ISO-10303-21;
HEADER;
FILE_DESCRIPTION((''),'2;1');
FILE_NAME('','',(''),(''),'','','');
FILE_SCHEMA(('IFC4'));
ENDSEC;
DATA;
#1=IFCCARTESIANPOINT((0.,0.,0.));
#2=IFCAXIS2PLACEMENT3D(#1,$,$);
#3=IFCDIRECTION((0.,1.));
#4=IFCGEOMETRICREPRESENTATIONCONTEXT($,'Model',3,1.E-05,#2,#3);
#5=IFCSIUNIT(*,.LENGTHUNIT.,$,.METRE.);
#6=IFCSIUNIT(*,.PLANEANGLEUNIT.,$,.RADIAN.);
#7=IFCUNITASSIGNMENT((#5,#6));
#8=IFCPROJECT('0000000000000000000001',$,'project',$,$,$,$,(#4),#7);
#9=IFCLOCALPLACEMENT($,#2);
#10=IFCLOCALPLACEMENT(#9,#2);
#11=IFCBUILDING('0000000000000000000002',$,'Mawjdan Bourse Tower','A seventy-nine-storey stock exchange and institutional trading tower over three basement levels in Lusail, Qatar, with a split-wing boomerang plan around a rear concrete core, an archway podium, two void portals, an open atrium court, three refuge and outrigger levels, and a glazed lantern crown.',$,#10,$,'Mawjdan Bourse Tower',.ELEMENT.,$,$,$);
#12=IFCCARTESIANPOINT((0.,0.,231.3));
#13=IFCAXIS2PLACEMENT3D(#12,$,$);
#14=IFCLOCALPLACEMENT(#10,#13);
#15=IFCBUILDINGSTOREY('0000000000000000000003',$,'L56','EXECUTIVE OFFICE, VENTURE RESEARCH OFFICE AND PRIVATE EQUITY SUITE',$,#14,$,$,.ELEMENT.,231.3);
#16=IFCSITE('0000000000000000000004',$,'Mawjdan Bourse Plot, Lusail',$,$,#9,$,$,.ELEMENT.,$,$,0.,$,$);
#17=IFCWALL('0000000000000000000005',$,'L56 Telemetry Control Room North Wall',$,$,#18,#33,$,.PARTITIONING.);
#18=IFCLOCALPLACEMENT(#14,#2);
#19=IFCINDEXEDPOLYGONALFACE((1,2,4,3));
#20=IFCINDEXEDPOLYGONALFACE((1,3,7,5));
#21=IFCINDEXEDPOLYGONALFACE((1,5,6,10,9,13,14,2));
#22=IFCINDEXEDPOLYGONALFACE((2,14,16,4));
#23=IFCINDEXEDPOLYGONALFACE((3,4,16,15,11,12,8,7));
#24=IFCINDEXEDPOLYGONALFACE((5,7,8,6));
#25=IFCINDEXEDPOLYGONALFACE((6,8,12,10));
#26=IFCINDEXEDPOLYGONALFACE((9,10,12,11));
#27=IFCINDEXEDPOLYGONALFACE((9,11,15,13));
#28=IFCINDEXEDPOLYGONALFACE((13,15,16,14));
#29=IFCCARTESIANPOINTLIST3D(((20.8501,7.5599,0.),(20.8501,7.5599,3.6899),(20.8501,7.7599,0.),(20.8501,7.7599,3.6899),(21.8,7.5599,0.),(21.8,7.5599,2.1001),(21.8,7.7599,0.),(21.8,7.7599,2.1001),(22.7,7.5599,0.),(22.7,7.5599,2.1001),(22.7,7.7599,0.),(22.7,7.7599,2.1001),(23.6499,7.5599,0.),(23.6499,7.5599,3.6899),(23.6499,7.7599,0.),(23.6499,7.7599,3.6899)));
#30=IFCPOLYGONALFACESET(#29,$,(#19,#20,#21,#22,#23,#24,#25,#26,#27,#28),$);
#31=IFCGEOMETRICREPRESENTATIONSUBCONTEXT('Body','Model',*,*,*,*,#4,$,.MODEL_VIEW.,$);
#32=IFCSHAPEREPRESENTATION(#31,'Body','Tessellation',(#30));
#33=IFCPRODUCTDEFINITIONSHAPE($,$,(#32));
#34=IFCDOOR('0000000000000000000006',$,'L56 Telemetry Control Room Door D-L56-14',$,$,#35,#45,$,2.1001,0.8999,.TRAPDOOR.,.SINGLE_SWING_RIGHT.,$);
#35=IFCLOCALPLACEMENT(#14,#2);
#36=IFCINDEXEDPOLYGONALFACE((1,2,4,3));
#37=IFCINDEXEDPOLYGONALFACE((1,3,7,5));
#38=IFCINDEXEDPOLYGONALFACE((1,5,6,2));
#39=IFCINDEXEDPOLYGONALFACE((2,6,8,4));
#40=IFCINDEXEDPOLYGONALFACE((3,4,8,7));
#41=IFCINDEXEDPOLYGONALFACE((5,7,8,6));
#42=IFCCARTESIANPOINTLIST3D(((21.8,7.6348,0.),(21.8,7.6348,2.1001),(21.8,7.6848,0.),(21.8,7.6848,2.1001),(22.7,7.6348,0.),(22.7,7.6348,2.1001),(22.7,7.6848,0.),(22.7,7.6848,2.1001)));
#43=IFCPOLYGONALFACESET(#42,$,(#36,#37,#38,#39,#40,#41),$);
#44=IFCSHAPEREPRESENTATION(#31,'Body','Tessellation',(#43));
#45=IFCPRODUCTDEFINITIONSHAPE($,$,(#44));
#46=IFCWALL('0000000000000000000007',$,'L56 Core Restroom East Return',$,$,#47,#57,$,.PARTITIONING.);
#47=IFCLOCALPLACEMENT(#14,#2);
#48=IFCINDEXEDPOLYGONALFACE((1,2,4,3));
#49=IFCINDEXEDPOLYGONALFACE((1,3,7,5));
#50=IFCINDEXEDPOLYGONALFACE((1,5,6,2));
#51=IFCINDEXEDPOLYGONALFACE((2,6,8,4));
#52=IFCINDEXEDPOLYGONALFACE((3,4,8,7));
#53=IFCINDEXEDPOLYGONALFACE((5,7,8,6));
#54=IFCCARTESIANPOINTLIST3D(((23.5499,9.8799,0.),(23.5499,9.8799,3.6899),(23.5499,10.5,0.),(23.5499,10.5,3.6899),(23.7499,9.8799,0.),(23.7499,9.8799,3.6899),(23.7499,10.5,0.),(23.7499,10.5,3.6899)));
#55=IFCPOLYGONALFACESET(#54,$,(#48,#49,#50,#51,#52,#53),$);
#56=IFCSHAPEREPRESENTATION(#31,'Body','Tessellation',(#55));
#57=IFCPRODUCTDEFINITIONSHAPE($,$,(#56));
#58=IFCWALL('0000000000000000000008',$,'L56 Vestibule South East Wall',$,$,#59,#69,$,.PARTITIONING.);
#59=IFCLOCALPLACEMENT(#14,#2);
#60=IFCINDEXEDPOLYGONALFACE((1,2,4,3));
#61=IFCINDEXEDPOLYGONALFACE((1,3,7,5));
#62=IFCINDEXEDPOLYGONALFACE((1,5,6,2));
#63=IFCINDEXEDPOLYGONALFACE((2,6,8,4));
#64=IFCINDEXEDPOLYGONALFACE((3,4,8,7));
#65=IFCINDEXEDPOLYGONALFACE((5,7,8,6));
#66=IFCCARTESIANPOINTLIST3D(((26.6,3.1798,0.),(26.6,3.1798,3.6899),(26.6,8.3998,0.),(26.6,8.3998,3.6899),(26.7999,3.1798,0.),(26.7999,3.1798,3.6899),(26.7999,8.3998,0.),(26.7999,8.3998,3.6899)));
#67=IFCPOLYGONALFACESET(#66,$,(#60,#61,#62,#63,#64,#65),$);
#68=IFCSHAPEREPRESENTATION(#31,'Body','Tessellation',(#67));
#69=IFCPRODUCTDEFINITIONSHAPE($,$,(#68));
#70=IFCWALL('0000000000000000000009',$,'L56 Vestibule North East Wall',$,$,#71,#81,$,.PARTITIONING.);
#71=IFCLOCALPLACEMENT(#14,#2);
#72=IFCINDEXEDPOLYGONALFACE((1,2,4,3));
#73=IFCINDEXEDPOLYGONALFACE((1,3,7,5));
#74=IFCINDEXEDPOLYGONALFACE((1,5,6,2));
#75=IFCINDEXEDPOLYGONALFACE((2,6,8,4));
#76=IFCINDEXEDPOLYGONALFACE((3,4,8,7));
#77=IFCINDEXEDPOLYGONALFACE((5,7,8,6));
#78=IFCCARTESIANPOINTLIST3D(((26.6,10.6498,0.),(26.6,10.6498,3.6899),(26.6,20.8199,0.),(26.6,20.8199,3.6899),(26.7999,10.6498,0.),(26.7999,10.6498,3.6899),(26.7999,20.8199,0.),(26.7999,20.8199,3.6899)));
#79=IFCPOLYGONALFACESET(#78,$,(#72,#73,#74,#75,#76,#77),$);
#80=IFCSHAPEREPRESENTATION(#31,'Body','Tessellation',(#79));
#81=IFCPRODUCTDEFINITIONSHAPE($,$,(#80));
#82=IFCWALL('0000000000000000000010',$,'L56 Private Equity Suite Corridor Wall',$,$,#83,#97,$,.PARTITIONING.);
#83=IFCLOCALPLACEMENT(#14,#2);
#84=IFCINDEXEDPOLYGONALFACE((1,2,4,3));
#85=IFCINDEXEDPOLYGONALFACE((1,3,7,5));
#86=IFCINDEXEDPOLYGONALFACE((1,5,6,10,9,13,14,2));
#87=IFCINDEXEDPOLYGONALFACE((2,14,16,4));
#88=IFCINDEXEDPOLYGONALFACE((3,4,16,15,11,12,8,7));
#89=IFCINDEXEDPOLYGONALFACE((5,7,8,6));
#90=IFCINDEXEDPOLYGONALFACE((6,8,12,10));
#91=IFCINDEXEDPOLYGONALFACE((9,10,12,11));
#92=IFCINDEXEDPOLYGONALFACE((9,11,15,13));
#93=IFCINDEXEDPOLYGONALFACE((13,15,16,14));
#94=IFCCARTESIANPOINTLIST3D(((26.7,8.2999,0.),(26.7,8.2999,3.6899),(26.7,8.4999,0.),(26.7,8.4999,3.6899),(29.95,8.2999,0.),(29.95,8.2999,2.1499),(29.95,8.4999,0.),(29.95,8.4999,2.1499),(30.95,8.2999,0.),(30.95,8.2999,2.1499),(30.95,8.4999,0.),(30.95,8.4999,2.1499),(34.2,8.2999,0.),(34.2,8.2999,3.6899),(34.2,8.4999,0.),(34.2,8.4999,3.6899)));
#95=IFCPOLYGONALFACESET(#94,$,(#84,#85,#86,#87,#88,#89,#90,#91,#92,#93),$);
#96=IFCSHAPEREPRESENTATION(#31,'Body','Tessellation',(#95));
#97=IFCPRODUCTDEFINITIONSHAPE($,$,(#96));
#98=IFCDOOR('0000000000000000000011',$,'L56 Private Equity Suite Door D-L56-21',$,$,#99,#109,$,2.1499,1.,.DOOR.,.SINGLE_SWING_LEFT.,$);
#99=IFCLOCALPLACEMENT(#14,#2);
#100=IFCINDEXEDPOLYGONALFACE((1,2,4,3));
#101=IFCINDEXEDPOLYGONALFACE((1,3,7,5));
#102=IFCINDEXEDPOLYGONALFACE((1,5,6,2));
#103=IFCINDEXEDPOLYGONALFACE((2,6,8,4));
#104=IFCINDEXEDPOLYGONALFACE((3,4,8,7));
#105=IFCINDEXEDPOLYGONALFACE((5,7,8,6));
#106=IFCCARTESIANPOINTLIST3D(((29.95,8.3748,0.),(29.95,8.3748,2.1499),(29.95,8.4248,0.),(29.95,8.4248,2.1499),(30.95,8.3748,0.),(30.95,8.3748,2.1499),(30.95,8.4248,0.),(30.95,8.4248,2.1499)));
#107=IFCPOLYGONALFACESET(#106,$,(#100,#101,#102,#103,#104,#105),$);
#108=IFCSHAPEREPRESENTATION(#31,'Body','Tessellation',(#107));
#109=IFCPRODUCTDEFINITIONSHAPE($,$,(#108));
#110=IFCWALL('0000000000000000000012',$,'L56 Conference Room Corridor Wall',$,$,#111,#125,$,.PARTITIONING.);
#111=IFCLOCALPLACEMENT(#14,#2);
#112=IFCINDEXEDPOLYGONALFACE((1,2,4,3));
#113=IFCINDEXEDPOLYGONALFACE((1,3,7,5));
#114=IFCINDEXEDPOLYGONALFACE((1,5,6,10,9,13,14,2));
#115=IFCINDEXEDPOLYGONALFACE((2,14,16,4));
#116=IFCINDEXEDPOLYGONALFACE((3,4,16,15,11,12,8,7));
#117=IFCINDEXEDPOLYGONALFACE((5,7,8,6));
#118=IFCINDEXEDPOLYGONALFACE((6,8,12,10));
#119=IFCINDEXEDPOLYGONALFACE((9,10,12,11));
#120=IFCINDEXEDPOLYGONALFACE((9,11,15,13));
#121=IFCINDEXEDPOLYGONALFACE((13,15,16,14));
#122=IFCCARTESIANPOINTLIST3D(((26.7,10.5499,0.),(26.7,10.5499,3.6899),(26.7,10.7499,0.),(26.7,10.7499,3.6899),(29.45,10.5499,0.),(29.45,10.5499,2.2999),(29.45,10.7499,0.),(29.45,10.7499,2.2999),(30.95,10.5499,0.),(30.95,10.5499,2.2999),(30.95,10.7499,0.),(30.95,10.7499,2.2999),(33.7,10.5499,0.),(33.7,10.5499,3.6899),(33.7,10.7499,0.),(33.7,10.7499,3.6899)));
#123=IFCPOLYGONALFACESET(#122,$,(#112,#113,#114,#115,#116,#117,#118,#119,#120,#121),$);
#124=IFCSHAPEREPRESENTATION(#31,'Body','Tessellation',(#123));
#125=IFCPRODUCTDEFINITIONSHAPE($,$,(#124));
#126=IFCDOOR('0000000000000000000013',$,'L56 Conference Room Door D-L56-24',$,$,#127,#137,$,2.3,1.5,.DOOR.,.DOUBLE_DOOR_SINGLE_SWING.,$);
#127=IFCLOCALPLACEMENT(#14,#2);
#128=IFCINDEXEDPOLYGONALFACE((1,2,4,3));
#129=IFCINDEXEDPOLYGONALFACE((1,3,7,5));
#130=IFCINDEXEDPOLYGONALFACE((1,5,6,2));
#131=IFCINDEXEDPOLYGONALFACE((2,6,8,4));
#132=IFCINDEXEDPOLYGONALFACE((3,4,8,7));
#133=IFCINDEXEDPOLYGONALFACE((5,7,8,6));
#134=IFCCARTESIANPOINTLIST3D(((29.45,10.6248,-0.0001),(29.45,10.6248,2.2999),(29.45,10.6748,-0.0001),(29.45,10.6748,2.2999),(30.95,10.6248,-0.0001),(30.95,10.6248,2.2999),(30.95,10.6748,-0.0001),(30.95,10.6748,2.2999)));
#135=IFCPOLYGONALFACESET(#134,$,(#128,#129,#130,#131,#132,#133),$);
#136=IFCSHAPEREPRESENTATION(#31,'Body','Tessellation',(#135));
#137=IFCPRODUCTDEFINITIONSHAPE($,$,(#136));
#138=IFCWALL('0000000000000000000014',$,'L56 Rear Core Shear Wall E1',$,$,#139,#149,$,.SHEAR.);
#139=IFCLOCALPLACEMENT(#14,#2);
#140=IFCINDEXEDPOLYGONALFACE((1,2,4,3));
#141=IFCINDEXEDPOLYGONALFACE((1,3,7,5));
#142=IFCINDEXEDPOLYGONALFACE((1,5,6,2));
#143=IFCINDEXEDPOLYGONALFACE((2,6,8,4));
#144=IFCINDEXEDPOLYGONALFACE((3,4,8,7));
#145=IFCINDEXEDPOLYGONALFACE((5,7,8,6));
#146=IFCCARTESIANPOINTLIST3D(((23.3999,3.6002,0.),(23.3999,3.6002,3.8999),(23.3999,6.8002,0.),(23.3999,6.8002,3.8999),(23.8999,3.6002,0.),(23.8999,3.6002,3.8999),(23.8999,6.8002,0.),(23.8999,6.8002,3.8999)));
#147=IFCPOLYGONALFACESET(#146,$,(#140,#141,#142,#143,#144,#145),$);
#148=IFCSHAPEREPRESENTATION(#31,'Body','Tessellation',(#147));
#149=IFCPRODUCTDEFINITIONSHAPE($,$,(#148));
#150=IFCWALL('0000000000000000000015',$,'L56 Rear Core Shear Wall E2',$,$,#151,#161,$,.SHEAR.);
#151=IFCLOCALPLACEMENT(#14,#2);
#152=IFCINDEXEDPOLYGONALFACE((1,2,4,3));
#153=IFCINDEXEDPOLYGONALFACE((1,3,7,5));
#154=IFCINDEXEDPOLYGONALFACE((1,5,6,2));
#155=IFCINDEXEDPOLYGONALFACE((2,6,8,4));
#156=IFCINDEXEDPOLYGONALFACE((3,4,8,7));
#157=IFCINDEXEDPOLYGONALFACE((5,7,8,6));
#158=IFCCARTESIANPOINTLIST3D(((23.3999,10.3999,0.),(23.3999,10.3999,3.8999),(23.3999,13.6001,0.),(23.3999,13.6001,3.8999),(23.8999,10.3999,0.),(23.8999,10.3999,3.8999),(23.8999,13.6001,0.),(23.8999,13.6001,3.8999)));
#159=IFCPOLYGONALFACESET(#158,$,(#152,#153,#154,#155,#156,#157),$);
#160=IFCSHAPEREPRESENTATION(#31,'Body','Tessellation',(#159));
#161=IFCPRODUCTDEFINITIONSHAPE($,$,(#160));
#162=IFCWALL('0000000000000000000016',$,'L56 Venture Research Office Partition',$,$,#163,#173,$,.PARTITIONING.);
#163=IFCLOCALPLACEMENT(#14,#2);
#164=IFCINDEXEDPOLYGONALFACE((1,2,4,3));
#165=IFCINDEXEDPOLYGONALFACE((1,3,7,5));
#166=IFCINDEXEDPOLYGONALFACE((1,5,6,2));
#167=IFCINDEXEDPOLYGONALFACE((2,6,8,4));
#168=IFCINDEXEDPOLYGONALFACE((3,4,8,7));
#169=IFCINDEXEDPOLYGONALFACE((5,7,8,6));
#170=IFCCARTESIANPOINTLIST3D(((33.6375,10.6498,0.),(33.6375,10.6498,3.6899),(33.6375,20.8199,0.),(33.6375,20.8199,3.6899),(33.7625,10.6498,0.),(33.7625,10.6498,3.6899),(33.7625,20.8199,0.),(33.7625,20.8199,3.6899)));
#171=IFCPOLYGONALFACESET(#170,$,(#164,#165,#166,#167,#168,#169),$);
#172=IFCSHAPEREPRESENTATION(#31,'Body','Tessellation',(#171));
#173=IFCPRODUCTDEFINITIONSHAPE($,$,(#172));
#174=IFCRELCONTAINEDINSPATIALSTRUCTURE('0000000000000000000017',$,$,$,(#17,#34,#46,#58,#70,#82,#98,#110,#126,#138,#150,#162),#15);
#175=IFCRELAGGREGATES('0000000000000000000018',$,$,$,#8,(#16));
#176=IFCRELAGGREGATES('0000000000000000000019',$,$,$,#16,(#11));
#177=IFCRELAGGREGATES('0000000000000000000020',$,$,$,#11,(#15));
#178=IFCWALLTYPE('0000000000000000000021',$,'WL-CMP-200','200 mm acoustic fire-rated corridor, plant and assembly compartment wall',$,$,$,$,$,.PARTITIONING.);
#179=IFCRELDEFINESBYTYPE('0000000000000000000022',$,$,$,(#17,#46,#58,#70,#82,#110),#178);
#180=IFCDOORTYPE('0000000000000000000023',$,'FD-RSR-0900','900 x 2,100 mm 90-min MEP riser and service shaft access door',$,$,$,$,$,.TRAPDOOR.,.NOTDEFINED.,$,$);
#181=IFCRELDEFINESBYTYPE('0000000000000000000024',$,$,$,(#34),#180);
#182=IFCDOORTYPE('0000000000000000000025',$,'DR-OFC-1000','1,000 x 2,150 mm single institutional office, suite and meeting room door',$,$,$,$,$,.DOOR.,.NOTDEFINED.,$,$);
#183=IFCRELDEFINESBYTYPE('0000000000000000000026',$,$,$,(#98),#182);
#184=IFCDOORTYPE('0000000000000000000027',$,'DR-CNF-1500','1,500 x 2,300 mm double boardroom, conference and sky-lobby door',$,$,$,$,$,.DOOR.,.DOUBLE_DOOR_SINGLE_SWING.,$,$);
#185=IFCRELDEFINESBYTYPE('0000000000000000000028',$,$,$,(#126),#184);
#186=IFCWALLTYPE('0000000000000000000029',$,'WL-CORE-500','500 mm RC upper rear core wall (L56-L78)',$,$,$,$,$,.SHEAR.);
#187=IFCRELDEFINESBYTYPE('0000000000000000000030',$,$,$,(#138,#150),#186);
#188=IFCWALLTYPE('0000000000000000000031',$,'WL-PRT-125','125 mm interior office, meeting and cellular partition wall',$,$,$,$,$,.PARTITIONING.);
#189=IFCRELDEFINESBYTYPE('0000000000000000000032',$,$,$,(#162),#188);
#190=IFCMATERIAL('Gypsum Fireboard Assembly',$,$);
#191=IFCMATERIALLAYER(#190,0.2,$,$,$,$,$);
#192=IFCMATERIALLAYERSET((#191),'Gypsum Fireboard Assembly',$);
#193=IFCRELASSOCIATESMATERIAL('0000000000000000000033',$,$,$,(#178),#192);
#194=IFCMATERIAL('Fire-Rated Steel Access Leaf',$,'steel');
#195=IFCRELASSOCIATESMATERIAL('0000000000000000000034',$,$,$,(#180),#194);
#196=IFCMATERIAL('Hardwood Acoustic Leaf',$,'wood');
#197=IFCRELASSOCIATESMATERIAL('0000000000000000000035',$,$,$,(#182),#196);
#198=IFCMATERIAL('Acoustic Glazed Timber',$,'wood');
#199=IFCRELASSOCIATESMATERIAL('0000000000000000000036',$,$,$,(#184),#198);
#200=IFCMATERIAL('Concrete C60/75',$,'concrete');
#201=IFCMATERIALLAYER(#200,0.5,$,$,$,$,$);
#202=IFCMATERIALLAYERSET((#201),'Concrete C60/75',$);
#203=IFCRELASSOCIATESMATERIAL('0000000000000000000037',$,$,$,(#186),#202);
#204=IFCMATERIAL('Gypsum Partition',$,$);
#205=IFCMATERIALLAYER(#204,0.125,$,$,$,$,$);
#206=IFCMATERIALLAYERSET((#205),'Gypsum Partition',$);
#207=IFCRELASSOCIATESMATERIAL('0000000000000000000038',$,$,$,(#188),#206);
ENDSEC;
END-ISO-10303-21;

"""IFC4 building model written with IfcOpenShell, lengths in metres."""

from ifc_helpers import new_model, si_unit, direction, frame, frame_2d, origin, place, context, subcontext, project, spatial, rectangle, extrude, material, layer, layer_set, type_object, element, fill, save


model = new_model("IFC4")

# Units and contexts
model_context = context("Model", 3, precision=1e-05, world=origin(), true_north=direction((0.0, 1.0)))
body_context = subcontext(model_context, "Body", "Model", "MODEL_VIEW")
ifc_project = project(units=[si_unit("LENGTHUNIT", "METRE"), si_unit("PLANEANGLEUNIT", "RADIAN")], contexts=[model_context])

# Site, building, storey
site_placement = place(None, origin())
site = spatial("IfcSite", under=ifc_project, at=site_placement, Name="Mawjdan Bourse Plot, Lusail", CompositionType="ELEMENT", RefElevation=0.0)
building_placement = place(site_placement, origin())
building = spatial("IfcBuilding", under=site, at=building_placement, Name="Mawjdan Bourse Tower", Description="A seventy-nine-storey stock exchange and institutional trading tower over three basement levels in Lusail, Qatar, with a split-wing boomerang plan around a rear concrete core, an archway podium, two void portals, an open atrium court, three refuge and outrigger levels, and a glazed lantern crown.", LongName="Mawjdan Bourse Tower", CompositionType="ELEMENT")
storey_placement = place(building_placement, frame((0.0, 0.0, 231.3)))
storey = spatial("IfcBuildingStorey", under=building, at=storey_placement, Name="L56", Description="EXECUTIVE OFFICE, VENTURE RESEARCH OFFICE AND PRIVATE EQUITY SUITE", CompositionType="ELEMENT", Elevation=231.3)

# Shared definitions
ifc_material_1 = material(Name="Concrete C60/75", Category="concrete")

# Wall, opening, door
ifc_material_2 = material(Name="Gypsum Fireboard Assembly")
ifc_layer_1 = layer(ifc_material_2, 0.2)
ifc_layer_set_1 = layer_set([ifc_layer_1], Name="Gypsum Fireboard Assembly")
wall_type_1 = type_object("IfcWallType", Name="WL-CMP-200", Description="200 mm acoustic fire-rated corridor, plant and assembly compartment wall", PredefinedType="PARTITIONING", material=ifc_layer_set_1)
wall_1_placement = place(storey_placement, frame((20.8501, 7.6599, 0.0), z_axis=(0.0, 0.0, 1.0), x_axis=(1.0, 0.0, 0.0)))
wall_1 = element("IfcWall", 1, at=wall_1_placement, inside=storey, type_object=wall_type_1, Name="L56 Telemetry Control Room North Wall", PredefinedType="PARTITIONING", context=body_context, shape_type="SweptSolid", body=[
    extrude(rectangle(XDim=2.7998, YDim=0.2, at=frame_2d((1.3999, 0.0))), origin(), (0.0, 0.0, 1.0), 3.6899),
])
opening_1_placement = place(wall_1_placement, frame((0.95, 0.0, 0.0)))
opening_1 = element("IfcOpeningElement", 2, at=opening_1_placement, cuts=wall_1, PredefinedType="OPENING", context=body_context, shape_type="SweptSolid", body=[
    extrude(rectangle(XDim=0.8999, YDim=2.1001, at=frame_2d((0.45, 1.05))), frame((0.0, 0.1099, 0.0), z_axis=(0.0, -1.0, 0.0), x_axis=(1.0, 0.0, 0.0)), (0.0, 0.0, 1.0), 0.22),
])
ifc_material_3 = material(Name="Fire-Rated Steel Access Leaf", Category="steel")
door_type_1 = type_object("IfcDoorType", Name="FD-RSR-0900", Description="900 x 2,100 mm 90-min MEP riser and service shaft access door", OperationType="NOTDEFINED", PredefinedType="TRAPDOOR", material=ifc_material_3)
door_1_placement = place(opening_1_placement, origin())
door_1 = element("IfcDoor", 3, at=door_1_placement, inside=storey, type_object=door_type_1, Name="L56 Telemetry Control Room Door D-L56-14", OperationType="SINGLE_SWING_RIGHT", OverallHeight=2.1001, OverallWidth=0.8999, PredefinedType="TRAPDOOR", context=body_context, shape_type="SweptSolid", body=[
    extrude(rectangle(XDim=0.8999, YDim=2.1001, at=frame_2d((0.45, 1.05))), frame((0.0, 0.0249, 0.0), z_axis=(0.0, -1.0, 0.0), x_axis=(1.0, 0.0, 0.0)), (0.0, 0.0, 1.0), 0.05),
])
fill(opening_1, door_1)

# Wall
wall_2_placement = place(storey_placement, frame((23.6499, 9.8799, 0.0), z_axis=(0.0, 0.0, 1.0), x_axis=(0.0, 1.0, 0.0)))
element("IfcWall", 4, at=wall_2_placement, inside=storey, type_object=wall_type_1, Name="L56 Core Restroom East Return", PredefinedType="PARTITIONING", context=body_context, shape_type="SweptSolid", body=[
    extrude(rectangle(XDim=0.6201, YDim=0.2, at=frame_2d((0.3101, 0.0))), origin(), (0.0, 0.0, 1.0), 3.6899),
])

# Shared definitions
ifc_material_4 = material(Name="Hardwood Acoustic Leaf", Category="wood")
door_type_2 = type_object("IfcDoorType", Name="DR-OFC-1000", Description="1,000 x 2,150 mm single institutional office, suite and meeting room door", OperationType="NOTDEFINED", PredefinedType="DOOR", material=ifc_material_4)

# Walls
wall_3_placement = place(storey_placement, frame((26.7, 3.1799, 0.0), z_axis=(0.0, 0.0, 1.0), x_axis=(0.0, 1.0, 0.0)))
element("IfcWall", 5, at=wall_3_placement, inside=storey, type_object=wall_type_1, Name="L56 Vestibule South East Wall", PredefinedType="PARTITIONING", context=body_context, shape_type="SweptSolid", body=[
    extrude(rectangle(XDim=5.22, YDim=0.2, at=frame_2d((2.6099, 0.0))), origin(), (0.0, 0.0, 1.0), 3.6899),
])
wall_4_placement = place(storey_placement, frame((26.7, 10.6499, 0.0), z_axis=(0.0, 0.0, 1.0), x_axis=(0.0, 1.0, 0.0)))
element("IfcWall", 6, at=wall_4_placement, inside=storey, type_object=wall_type_1, Name="L56 Vestibule North East Wall", PredefinedType="PARTITIONING", context=body_context, shape_type="SweptSolid", body=[
    extrude(rectangle(XDim=10.1702, YDim=0.2, at=frame_2d((5.085, 0.0))), origin(), (0.0, 0.0, 1.0), 3.6899),
])

# Walls, openings, doors
wall_5_placement = place(storey_placement, frame((26.7, 8.3999, 0.0), z_axis=(0.0, 0.0, 1.0), x_axis=(1.0, 0.0, 0.0)))
wall_5 = element("IfcWall", 7, at=wall_5_placement, inside=storey, type_object=wall_type_1, Name="L56 Private Equity Suite Corridor Wall", PredefinedType="PARTITIONING", context=body_context, shape_type="SweptSolid", body=[
    extrude(rectangle(XDim=7.5, YDim=0.2, at=frame_2d((3.75, 0.0))), origin(), (0.0, 0.0, 1.0), 3.6899),
])
opening_2_placement = place(wall_5_placement, frame((3.25, 0.0, 0.0)))
opening_2 = element("IfcOpeningElement", 8, at=opening_2_placement, cuts=wall_5, PredefinedType="OPENING", context=body_context, shape_type="SweptSolid", body=[
    extrude(rectangle(XDim=1.0, YDim=2.1499, at=frame_2d((0.5, 1.075))), frame((0.0, 0.1099, 0.0), z_axis=(0.0, -1.0, 0.0), x_axis=(1.0, 0.0, 0.0)), (0.0, 0.0, 1.0), 0.22),
])
door_2_placement = place(opening_2_placement, origin())
door_2 = element("IfcDoor", 9, at=door_2_placement, inside=storey, type_object=door_type_2, Name="L56 Private Equity Suite Door D-L56-21", OperationType="SINGLE_SWING_LEFT", OverallHeight=2.1499, OverallWidth=1.0, PredefinedType="DOOR", context=body_context, shape_type="SweptSolid", body=[
    extrude(rectangle(XDim=1.0, YDim=2.1499, at=frame_2d((0.5, 1.075))), frame((0.0, 0.0249, 0.0), z_axis=(0.0, -1.0, 0.0), x_axis=(1.0, 0.0, 0.0)), (0.0, 0.0, 1.0), 0.05),
])
fill(opening_2, door_2)
wall_6_placement = place(storey_placement, frame((26.7, 10.6499, 0.0), z_axis=(0.0, 0.0, 1.0), x_axis=(1.0, 0.0, 0.0)))
wall_6 = element("IfcWall", 10, at=wall_6_placement, inside=storey, type_object=wall_type_1, Name="L56 Conference Room Corridor Wall", PredefinedType="PARTITIONING", context=body_context, shape_type="SweptSolid", body=[
    extrude(rectangle(XDim=7.0, YDim=0.2, at=frame_2d((3.5, 0.0))), origin(), (0.0, 0.0, 1.0), 3.6899),
])
opening_3_placement = place(wall_6_placement, frame((2.75, 0.0, 0.0)))
opening_3 = element("IfcOpeningElement", 11, at=opening_3_placement, cuts=wall_6, PredefinedType="OPENING", context=body_context, shape_type="SweptSolid", body=[
    extrude(rectangle(XDim=1.5, YDim=2.3, at=frame_2d((0.75, 1.1499))), frame((0.0, 0.1099, 0.0), z_axis=(0.0, -1.0, 0.0), x_axis=(1.0, 0.0, 0.0)), (0.0, 0.0, 1.0), 0.22),
])
ifc_material_5 = material(Name="Acoustic Glazed Timber", Category="wood")
door_type_3 = type_object("IfcDoorType", Name="DR-CNF-1500", Description="1,500 x 2,300 mm double boardroom, conference and sky-lobby door", OperationType="DOUBLE_DOOR_SINGLE_SWING", PredefinedType="DOOR", material=ifc_material_5)
door_3_placement = place(opening_3_placement, origin())
door_3 = element("IfcDoor", 12, at=door_3_placement, inside=storey, type_object=door_type_3, Name="L56 Conference Room Door D-L56-24", OperationType="DOUBLE_DOOR_SINGLE_SWING", OverallHeight=2.3, OverallWidth=1.5, PredefinedType="DOOR", context=body_context, shape_type="SweptSolid", body=[
    extrude(rectangle(XDim=1.5, YDim=2.3, at=frame_2d((0.75, 1.1499))), frame((0.0, 0.0249, 0.0), z_axis=(0.0, -1.0, 0.0), x_axis=(1.0, 0.0, 0.0)), (0.0, 0.0, 1.0), 0.05),
])
fill(opening_3, door_3)

# Walls
ifc_layer_2 = layer(ifc_material_1, 0.5)
ifc_layer_set_2 = layer_set([ifc_layer_2], Name="Concrete C60/75")
wall_type_2 = type_object("IfcWallType", Name="WL-CORE-500", Description="500 mm RC upper rear core wall (L56-L78)", PredefinedType="SHEAR", material=ifc_layer_set_2)
wall_7_placement = place(storey_placement, frame((23.6499, 3.6001, 0.0), z_axis=(0.0, 0.0, 1.0), x_axis=(0.0, 1.0, 0.0)))
element("IfcWall", 13, at=wall_7_placement, inside=storey, type_object=wall_type_2, Name="L56 Rear Core Shear Wall E1", PredefinedType="SHEAR", context=body_context, shape_type="SweptSolid", body=[
    extrude(rectangle(XDim=3.2, YDim=0.5, at=frame_2d((1.6001, 0.0))), origin(), (0.0, 0.0, 1.0), 3.8999),
])
wall_8_placement = place(storey_placement, frame((23.6499, 10.3999, 0.0), z_axis=(0.0, 0.0, 1.0), x_axis=(0.0, 1.0, 0.0)))
element("IfcWall", 14, at=wall_8_placement, inside=storey, type_object=wall_type_2, Name="L56 Rear Core Shear Wall E2", PredefinedType="SHEAR", context=body_context, shape_type="SweptSolid", body=[
    extrude(rectangle(XDim=3.2002, YDim=0.5, at=frame_2d((1.6001, 0.0))), origin(), (0.0, 0.0, 1.0), 3.8999),
])
ifc_material_6 = material(Name="Gypsum Partition")
ifc_layer_3 = layer(ifc_material_6, 0.125)
ifc_layer_set_3 = layer_set([ifc_layer_3], Name="Gypsum Partition")
wall_type_3 = type_object("IfcWallType", Name="WL-PRT-125", Description="125 mm interior office, meeting and cellular partition wall", PredefinedType="PARTITIONING", material=ifc_layer_set_3)
wall_9_placement = place(storey_placement, frame((33.7, 10.6499, 0.0), z_axis=(0.0, 0.0, 1.0), x_axis=(0.0, 1.0, 0.0)))
element("IfcWall", 15, at=wall_9_placement, inside=storey, type_object=wall_type_3, Name="L56 Venture Research Office Partition", PredefinedType="PARTITIONING", context=body_context, shape_type="SweptSolid", body=[
    extrude(rectangle(XDim=10.1702, YDim=0.125, at=frame_2d((5.085, 0.0))), origin(), (0.0, 0.0, 1.0), 3.6899),
])

save(model, "model.ifc")
